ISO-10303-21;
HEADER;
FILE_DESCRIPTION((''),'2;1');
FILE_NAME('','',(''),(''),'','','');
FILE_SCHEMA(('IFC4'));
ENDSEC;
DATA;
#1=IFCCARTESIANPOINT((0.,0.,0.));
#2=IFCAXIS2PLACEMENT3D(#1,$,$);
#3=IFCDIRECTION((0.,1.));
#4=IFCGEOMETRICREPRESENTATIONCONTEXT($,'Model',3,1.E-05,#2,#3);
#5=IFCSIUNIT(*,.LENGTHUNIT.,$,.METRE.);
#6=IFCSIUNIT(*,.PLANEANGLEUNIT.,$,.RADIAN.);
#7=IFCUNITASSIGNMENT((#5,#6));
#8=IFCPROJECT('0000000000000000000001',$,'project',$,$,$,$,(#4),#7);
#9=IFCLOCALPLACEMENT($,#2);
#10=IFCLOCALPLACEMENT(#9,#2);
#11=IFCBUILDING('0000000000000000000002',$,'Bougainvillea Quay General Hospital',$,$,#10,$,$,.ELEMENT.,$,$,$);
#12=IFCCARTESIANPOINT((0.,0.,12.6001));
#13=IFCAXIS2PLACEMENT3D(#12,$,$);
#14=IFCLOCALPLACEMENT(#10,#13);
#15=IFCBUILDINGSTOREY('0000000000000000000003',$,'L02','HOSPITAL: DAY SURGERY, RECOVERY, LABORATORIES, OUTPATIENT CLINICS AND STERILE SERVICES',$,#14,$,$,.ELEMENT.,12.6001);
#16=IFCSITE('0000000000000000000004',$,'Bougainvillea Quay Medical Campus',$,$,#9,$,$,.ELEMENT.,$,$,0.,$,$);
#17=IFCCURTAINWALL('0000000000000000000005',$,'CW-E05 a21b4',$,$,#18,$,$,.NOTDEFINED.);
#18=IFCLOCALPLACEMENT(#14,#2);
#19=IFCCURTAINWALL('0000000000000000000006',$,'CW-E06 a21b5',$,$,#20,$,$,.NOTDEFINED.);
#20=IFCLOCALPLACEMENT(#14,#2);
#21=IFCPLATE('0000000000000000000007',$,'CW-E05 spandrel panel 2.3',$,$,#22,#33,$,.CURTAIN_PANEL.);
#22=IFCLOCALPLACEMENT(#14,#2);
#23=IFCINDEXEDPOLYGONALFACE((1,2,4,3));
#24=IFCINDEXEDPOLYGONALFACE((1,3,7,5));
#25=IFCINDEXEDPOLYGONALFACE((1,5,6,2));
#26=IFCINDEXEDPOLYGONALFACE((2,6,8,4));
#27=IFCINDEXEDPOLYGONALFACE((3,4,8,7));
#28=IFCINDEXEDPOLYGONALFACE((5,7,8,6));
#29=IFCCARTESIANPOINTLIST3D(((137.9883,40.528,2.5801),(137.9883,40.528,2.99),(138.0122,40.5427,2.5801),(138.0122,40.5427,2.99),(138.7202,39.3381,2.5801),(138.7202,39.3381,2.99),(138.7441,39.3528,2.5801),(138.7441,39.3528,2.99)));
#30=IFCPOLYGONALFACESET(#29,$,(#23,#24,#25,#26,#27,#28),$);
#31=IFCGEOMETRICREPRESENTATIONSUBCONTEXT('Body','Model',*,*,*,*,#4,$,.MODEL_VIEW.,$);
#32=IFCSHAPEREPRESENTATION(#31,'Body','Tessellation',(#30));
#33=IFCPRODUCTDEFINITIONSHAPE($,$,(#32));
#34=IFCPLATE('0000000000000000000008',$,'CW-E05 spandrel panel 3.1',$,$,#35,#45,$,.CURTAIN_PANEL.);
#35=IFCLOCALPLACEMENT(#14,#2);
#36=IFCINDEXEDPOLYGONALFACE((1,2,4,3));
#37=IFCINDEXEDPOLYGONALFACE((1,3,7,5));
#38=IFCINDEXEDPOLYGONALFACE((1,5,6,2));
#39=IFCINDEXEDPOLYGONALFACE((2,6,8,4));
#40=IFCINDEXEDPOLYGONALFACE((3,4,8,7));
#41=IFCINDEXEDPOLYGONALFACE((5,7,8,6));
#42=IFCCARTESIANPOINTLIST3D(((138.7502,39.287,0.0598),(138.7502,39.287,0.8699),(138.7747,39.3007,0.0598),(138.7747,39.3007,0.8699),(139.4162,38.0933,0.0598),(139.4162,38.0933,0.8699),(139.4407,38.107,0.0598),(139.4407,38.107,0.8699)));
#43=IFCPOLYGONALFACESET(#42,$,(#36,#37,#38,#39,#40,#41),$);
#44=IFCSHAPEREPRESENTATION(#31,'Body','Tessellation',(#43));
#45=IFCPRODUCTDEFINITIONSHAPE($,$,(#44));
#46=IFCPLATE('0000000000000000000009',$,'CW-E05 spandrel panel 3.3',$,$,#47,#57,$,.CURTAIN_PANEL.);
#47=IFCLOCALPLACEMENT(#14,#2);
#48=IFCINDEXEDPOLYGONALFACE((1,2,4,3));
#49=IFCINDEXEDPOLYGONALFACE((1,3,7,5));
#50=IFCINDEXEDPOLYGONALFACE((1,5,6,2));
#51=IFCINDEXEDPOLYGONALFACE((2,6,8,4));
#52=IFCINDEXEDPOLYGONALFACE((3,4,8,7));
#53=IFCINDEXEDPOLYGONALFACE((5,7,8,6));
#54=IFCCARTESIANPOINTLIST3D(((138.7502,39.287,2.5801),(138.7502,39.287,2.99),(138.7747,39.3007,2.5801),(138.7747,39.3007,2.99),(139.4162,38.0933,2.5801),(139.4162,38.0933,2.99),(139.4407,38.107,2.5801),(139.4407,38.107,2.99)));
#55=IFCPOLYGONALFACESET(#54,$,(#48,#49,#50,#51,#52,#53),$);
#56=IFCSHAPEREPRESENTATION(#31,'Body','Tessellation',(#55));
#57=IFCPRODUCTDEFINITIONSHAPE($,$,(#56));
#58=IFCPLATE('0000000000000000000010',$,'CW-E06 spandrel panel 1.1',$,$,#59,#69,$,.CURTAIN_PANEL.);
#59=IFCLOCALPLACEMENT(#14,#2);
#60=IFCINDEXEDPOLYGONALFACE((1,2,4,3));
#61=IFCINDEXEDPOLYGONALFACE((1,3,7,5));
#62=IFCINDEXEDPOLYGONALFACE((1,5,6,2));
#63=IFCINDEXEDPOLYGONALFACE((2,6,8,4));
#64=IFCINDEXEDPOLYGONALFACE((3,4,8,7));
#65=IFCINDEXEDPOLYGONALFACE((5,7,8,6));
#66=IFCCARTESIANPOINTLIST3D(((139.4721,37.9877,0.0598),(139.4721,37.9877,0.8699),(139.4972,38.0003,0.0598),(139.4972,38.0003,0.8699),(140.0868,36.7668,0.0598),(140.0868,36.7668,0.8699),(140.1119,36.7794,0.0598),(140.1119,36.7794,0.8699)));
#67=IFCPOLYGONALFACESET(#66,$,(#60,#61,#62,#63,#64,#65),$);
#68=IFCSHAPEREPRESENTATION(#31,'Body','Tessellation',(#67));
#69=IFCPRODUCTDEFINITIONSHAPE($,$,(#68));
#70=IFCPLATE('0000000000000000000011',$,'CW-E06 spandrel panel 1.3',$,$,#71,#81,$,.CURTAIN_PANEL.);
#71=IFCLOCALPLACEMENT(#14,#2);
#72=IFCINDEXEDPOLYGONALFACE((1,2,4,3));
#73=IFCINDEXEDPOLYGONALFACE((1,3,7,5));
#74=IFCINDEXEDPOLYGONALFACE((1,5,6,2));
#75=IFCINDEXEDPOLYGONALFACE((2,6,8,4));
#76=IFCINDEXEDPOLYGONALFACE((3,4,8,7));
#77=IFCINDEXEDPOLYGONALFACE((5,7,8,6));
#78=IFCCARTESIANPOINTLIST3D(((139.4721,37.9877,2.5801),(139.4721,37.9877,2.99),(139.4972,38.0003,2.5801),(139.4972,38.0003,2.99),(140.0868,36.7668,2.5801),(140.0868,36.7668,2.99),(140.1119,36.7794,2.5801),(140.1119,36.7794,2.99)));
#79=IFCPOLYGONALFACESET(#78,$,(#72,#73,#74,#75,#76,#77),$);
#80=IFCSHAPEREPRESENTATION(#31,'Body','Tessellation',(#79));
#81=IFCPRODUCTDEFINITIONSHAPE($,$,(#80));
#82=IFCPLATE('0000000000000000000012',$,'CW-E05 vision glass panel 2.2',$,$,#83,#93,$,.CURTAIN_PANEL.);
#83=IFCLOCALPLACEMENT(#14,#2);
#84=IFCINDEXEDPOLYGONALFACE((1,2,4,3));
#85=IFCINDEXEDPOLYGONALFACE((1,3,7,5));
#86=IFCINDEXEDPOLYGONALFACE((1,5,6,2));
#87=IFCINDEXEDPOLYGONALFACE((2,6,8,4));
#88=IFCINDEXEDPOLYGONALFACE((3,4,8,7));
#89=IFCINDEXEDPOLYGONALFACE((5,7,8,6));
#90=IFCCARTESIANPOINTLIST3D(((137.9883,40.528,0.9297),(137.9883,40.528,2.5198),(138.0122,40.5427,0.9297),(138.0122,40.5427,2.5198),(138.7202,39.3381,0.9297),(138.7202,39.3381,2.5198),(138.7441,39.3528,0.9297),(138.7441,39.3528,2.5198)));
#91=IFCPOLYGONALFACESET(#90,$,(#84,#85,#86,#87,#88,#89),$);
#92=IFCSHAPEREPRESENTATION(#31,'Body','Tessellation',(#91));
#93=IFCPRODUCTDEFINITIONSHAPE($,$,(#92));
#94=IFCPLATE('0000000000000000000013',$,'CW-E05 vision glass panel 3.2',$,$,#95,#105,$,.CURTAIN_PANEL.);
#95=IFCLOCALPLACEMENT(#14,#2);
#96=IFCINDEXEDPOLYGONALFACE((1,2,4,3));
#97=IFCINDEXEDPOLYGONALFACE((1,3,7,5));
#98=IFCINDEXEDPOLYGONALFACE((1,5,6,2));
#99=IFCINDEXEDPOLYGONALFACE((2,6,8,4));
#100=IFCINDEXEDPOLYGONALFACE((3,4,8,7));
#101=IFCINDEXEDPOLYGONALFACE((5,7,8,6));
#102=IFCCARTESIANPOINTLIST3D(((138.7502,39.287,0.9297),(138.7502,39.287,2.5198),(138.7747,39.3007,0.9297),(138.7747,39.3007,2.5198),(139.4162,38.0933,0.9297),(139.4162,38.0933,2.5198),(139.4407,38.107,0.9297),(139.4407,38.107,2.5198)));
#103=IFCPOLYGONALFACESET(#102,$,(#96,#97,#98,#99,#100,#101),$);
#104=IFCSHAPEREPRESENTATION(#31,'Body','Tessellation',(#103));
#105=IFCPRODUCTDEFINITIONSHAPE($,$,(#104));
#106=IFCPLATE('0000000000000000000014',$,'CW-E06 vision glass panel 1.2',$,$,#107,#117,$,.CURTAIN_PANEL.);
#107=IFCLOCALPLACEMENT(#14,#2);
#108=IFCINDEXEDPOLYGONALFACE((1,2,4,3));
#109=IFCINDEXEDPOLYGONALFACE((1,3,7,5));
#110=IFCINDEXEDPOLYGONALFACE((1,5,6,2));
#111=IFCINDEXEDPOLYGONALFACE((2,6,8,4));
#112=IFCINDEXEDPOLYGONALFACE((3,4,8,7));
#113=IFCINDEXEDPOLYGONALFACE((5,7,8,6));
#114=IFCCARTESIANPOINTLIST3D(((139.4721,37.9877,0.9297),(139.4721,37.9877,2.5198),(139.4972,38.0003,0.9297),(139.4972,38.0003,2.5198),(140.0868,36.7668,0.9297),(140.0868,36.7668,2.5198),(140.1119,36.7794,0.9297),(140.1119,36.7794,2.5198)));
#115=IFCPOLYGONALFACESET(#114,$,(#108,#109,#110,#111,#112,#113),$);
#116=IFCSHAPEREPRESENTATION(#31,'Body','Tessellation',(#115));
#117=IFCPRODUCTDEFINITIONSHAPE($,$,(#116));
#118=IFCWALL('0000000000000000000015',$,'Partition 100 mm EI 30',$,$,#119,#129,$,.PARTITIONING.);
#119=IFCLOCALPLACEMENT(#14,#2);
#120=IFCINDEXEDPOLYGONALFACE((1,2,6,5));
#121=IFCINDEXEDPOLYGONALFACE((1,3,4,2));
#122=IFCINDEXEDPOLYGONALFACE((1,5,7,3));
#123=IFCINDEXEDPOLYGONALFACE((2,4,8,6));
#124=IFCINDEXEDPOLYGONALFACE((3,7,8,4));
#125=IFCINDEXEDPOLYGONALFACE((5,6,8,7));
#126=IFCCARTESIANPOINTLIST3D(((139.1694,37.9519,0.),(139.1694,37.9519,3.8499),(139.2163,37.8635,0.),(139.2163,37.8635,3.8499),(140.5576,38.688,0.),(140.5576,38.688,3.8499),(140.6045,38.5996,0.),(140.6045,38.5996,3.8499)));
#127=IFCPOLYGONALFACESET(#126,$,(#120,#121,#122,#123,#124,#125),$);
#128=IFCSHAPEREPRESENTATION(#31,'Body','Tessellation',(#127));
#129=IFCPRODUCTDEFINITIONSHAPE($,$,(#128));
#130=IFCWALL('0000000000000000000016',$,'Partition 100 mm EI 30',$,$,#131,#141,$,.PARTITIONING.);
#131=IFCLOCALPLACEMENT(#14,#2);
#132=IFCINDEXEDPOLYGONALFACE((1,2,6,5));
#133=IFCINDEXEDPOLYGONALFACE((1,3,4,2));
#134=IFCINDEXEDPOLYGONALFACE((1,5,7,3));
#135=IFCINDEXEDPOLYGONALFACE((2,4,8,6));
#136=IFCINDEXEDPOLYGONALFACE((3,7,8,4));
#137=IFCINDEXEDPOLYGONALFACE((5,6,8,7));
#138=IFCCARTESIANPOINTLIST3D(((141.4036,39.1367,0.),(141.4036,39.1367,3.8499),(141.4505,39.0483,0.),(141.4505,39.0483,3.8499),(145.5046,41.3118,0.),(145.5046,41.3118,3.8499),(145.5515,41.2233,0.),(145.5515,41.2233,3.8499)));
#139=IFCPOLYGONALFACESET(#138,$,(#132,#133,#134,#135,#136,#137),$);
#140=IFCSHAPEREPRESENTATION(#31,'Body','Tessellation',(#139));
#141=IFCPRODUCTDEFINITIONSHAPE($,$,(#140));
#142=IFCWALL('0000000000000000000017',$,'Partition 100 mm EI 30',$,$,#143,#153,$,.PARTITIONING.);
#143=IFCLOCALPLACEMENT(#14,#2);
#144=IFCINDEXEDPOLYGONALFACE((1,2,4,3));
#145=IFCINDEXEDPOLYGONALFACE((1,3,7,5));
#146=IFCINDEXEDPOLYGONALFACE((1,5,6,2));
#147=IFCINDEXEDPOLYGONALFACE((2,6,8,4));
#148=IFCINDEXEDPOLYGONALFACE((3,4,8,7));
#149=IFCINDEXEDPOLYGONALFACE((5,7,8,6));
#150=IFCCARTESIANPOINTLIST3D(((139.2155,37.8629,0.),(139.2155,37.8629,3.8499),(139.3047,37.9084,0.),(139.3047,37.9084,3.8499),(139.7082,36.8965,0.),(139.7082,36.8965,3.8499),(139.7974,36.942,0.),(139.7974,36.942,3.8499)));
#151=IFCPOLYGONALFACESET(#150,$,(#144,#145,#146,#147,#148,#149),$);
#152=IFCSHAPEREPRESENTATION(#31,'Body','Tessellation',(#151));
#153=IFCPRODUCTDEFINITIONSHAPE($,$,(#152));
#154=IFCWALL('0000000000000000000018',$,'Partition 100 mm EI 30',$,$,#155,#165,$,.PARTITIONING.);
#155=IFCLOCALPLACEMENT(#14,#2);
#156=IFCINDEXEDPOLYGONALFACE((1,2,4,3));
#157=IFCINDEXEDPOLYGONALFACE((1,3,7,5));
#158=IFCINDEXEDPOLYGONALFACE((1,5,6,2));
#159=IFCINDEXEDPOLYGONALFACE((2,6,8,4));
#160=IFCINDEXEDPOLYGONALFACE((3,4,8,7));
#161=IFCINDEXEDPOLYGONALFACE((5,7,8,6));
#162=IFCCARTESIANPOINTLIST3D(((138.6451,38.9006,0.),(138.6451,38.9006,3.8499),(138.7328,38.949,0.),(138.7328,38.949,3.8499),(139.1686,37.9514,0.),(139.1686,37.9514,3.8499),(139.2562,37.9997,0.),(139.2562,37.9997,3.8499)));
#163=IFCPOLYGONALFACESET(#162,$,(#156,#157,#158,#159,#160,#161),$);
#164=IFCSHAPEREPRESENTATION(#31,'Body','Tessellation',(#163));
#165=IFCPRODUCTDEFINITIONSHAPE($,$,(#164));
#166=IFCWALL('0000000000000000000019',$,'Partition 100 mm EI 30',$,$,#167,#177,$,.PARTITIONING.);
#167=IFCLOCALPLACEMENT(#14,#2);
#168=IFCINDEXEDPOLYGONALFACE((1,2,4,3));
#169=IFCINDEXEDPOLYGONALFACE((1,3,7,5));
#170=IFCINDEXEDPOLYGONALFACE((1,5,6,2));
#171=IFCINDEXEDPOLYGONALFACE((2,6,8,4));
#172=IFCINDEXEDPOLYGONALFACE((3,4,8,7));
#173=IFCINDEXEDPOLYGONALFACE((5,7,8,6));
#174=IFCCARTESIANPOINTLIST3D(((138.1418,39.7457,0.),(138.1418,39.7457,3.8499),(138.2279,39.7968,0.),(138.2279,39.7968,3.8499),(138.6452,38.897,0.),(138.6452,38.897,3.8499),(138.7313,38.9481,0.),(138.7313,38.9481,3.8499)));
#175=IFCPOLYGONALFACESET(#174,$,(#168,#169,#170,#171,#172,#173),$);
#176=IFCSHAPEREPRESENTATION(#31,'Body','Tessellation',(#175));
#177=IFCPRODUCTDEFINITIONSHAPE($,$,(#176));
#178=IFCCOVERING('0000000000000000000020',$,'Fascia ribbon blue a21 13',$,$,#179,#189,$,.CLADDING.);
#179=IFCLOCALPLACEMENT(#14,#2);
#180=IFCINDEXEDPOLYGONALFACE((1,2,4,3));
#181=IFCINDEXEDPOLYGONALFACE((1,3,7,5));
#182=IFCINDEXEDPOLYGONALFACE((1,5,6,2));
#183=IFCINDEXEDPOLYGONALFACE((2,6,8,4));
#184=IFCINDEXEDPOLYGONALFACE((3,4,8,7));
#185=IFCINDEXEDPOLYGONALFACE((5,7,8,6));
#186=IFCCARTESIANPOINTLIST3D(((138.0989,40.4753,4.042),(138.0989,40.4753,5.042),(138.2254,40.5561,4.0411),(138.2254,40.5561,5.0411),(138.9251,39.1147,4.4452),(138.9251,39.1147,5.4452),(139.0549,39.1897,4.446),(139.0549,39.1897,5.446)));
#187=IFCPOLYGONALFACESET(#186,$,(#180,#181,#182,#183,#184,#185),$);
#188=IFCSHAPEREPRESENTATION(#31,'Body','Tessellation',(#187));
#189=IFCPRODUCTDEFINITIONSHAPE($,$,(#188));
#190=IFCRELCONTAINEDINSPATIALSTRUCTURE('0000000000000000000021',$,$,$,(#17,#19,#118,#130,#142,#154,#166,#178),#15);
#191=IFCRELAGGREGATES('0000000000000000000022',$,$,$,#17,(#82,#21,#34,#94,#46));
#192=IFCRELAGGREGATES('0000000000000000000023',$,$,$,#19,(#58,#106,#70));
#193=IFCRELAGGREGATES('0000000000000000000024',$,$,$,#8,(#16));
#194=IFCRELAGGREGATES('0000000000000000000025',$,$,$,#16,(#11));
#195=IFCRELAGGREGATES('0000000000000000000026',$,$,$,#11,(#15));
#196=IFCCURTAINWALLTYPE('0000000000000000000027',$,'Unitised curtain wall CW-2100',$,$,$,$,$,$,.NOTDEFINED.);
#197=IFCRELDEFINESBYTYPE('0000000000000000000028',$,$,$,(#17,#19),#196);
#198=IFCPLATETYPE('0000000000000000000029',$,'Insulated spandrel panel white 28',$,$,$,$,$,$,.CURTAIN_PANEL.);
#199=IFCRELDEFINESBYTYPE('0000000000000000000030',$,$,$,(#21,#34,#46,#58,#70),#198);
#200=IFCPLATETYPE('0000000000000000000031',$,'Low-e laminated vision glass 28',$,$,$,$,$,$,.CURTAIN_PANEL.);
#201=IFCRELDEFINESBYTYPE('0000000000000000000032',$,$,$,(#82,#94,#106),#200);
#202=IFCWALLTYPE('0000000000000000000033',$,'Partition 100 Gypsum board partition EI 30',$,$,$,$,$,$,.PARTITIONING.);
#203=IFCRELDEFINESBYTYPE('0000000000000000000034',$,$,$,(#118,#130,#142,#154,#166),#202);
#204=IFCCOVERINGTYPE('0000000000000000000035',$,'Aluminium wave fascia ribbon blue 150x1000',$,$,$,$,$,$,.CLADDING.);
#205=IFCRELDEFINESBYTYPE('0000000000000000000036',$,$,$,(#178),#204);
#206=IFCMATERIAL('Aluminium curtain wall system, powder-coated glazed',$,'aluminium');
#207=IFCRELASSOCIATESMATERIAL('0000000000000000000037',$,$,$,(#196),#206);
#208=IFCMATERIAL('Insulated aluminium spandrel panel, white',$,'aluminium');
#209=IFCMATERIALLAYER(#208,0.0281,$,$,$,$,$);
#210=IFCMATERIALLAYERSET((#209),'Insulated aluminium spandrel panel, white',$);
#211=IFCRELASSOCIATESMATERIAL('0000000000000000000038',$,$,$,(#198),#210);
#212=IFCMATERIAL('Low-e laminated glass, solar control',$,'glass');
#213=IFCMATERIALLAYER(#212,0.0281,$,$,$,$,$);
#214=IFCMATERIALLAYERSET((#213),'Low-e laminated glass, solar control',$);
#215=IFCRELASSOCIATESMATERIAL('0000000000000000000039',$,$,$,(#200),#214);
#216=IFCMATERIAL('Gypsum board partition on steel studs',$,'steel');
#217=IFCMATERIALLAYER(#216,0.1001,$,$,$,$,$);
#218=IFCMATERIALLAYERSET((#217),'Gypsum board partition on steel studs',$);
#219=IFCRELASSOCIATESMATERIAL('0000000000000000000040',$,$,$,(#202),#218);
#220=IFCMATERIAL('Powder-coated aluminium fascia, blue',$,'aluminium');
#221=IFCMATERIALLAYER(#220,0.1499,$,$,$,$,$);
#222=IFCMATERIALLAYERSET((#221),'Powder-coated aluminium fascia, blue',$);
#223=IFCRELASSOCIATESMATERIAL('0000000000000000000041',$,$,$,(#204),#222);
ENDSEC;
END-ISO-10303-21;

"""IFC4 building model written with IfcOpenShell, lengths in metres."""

from ifc_helpers import new_model, si_unit, direction, frame, frame_2d, origin, origin_2d, place, context, subcontext, project, spatial, polyline, rectangle, outline, extrude, material, layer, layer_set, type_object, element, aggregate, save


model = new_model("IFC4")

# Units and contexts
model_context = context("Model", 3, precision=1e-05, world=origin(), true_north=direction((0.0, 1.0)))
body_context = subcontext(model_context, "Body", "Model", "MODEL_VIEW")
ifc_project = project(units=[si_unit("LENGTHUNIT", "METRE"), si_unit("PLANEANGLEUNIT", "RADIAN")], contexts=[model_context])

# Site, building, storey
site_placement = place(None, origin())
site = spatial("IfcSite", under=ifc_project, at=site_placement, Name="Bougainvillea Quay Medical Campus", CompositionType="ELEMENT", RefElevation=0.0)
building_placement = place(site_placement, origin())
building = spatial("IfcBuilding", under=site, at=building_placement, Name="Bougainvillea Quay General Hospital", CompositionType="ELEMENT")
storey_placement = place(building_placement, frame((0.0, 0.0, 12.6001)))
storey = spatial("IfcBuildingStorey", under=building, at=storey_placement, Name="L02", Description="HOSPITAL: DAY SURGERY, RECOVERY, LABORATORIES, OUTPATIENT CLINICS AND STERILE SERVICES", CompositionType="ELEMENT", Elevation=12.6001)

# Curtain wall
ifc_material_1 = material(Name="Aluminium curtain wall system, powder-coated glazed", Category="aluminium")
curtain_wall_type = type_object("IfcCurtainWallType", Name="Unitised curtain wall CW-2100", PredefinedType="NOTDEFINED", material=ifc_material_1)
curtain_wall_1_placement = place(storey_placement, origin())
curtain_wall_1 = element("IfcCurtainWall", 1, at=curtain_wall_1_placement, inside=storey, type_object=curtain_wall_type, Name="CW-E05 a21b4", PredefinedType="NOTDEFINED")

# Curtain wall
curtain_wall_2_placement = place(storey_placement, origin())
curtain_wall_2 = element("IfcCurtainWall", 2, at=curtain_wall_2_placement, inside=storey, type_object=curtain_wall_type, Name="CW-E06 a21b5", PredefinedType="NOTDEFINED")

# Plates
ifc_material_2 = material(Name="Insulated aluminium spandrel panel, white", Category="aluminium")
ifc_layer_1 = layer(ifc_material_2, 0.0281)
ifc_layer_set_1 = layer_set([ifc_layer_1], Name="Insulated aluminium spandrel panel, white")
plate_type_1 = type_object("IfcPlateType", Name="Insulated spandrel panel white 28", PredefinedType="CURTAIN_PANEL", material=ifc_layer_set_1)
plate_1_placement = place(storey_placement, frame((138.3662, 39.9404, 2.5801), z_axis=(0.0, 0.0, 1.0), x_axis=(0.523926, -0.851764, 0.0)))
plate_1 = element("IfcPlate", 3, at=plate_1_placement, type_object=plate_type_1, Name="CW-E05 spandrel panel 2.3", PredefinedType="CURTAIN_PANEL", context=body_context, shape_type="SweptSolid", body=[
    extrude(rectangle(XDim=1.397, YDim=0.0281, at=origin_2d()), origin(), (0.0, 0.0, 1.0), 0.4099),
])
plate_2_placement = place(storey_placement, frame((139.0955, 38.697, 0.0598), z_axis=(0.0, 0.0, 1.0), x_axis=(0.48723, -0.873274, 0.0)))
plate_2 = element("IfcPlate", 4, at=plate_2_placement, type_object=plate_type_1, Name="CW-E05 spandrel panel 3.1", PredefinedType="CURTAIN_PANEL", context=body_context, shape_type="SweptSolid", body=[
    extrude(rectangle(XDim=1.3669, YDim=0.0281, at=origin_2d()), origin(), (0.0, 0.0, 1.0), 0.8101),
])
plate_3_placement = place(storey_placement, frame((139.0955, 38.697, 2.5801), z_axis=(0.0, 0.0, 1.0), x_axis=(0.48723, -0.873274, 0.0)))
plate_3 = element("IfcPlate", 5, at=plate_3_placement, type_object=plate_type_1, Name="CW-E05 spandrel panel 3.3", PredefinedType="CURTAIN_PANEL", context=body_context, shape_type="SweptSolid", body=[
    extrude(rectangle(XDim=1.3669, YDim=0.0281, at=origin_2d()), origin(), (0.0, 0.0, 1.0), 0.4099),
])
plate_4_placement = place(storey_placement, frame((139.792, 37.3835, 0.0598), z_axis=(0.0, 0.0, 1.0), x_axis=(0.449652, -0.893204, 0.0)))
plate_4 = element("IfcPlate", 6, at=plate_4_placement, type_object=plate_type_1, Name="CW-E06 spandrel panel 1.1", PredefinedType="CURTAIN_PANEL", context=body_context, shape_type="SweptSolid", body=[
    extrude(rectangle(XDim=1.3669, YDim=0.0281, at=origin_2d()), origin(), (0.0, 0.0, 1.0), 0.8101),
])
plate_5_placement = place(storey_placement, frame((139.792, 37.3835, 2.5801), z_axis=(0.0, 0.0, 1.0), x_axis=(0.449652, -0.893204, 0.0)))
plate_5 = element("IfcPlate", 7, at=plate_5_placement, type_object=plate_type_1, Name="CW-E06 spandrel panel 1.3", PredefinedType="CURTAIN_PANEL", context=body_context, shape_type="SweptSolid", body=[
    extrude(rectangle(XDim=1.3669, YDim=0.0281, at=origin_2d()), origin(), (0.0, 0.0, 1.0), 0.4099),
])
ifc_material_3 = material(Name="Low-e laminated glass, solar control", Category="glass")
ifc_layer_2 = layer(ifc_material_3, 0.0281)
ifc_layer_set_2 = layer_set([ifc_layer_2], Name="Low-e laminated glass, solar control")
plate_type_2 = type_object("IfcPlateType", Name="Low-e laminated vision glass 28", PredefinedType="CURTAIN_PANEL", material=ifc_layer_set_2)
plate_6_placement = place(storey_placement, frame((138.3662, 39.9404, 0.9297), z_axis=(0.0, 0.0, 1.0), x_axis=(0.523926, -0.851764, 0.0)))
plate_6 = element("IfcPlate", 8, at=plate_6_placement, type_object=plate_type_2, Name="CW-E05 vision glass panel 2.2", PredefinedType="CURTAIN_PANEL", context=body_context, shape_type="SweptSolid", body=[
    extrude(rectangle(XDim=1.397, YDim=0.0281, at=origin_2d()), origin(), (0.0, 0.0, 1.0), 1.5901),
])
plate_7_placement = place(storey_placement, frame((139.0955, 38.697, 0.9297), z_axis=(0.0, 0.0, 1.0), x_axis=(0.48723, -0.873274, 0.0)))
plate_7 = element("IfcPlate", 9, at=plate_7_placement, type_object=plate_type_2, Name="CW-E05 vision glass panel 3.2", PredefinedType="CURTAIN_PANEL", context=body_context, shape_type="SweptSolid", body=[
    extrude(rectangle(XDim=1.3669, YDim=0.0281, at=origin_2d()), origin(), (0.0, 0.0, 1.0), 1.5901),
])
aggregate(curtain_wall_1, [plate_6, plate_1, plate_2, plate_7, plate_3])
plate_8_placement = place(storey_placement, frame((139.792, 37.3835, 0.9297), z_axis=(0.0, 0.0, 1.0), x_axis=(0.449652, -0.893204, 0.0)))
plate_8 = element("IfcPlate", 10, at=plate_8_placement, type_object=plate_type_2, Name="CW-E06 vision glass panel 1.2", PredefinedType="CURTAIN_PANEL", context=body_context, shape_type="SweptSolid", body=[
    extrude(rectangle(XDim=1.3669, YDim=0.0281, at=origin_2d()), origin(), (0.0, 0.0, 1.0), 1.5901),
])
aggregate(curtain_wall_2, [plate_4, plate_8, plate_5])

# Walls
ifc_material_4 = material(Name="Gypsum board partition on steel studs", Category="steel")
ifc_layer_3 = layer(ifc_material_4, 0.1001)
ifc_layer_set_3 = layer_set([ifc_layer_3], Name="Gypsum board partition on steel studs")
wall_type = type_object("IfcWallType", Name="Partition 100 Gypsum board partition EI 30", PredefinedType="PARTITIONING", material=ifc_layer_set_3)
wall_1_placement = place(storey_placement, frame((139.1929, 37.9077, 0.0), z_axis=(0.0, 0.0, 1.0), x_axis=(0.883482, 0.468466, 0.0)))
element("IfcWall", 11, at=wall_1_placement, inside=storey, type_object=wall_type, Name="Partition 100 mm EI 30", PredefinedType="PARTITIONING", context=body_context, shape_type="SweptSolid", body=[
    extrude(rectangle(XDim=1.5713, YDim=0.1001, at=frame_2d((0.7856, 0.0))), origin(), (0.0, 0.0, 1.0), 3.8499),
])
wall_2_placement = place(storey_placement, frame((141.427, 39.0925, 0.0), z_axis=(0.0, 0.0, 1.0), x_axis=(0.883441, 0.468542, 0.0)))
element("IfcWall", 12, at=wall_2_placement, inside=storey, type_object=wall_type, Name="Partition 100 mm EI 30", PredefinedType="PARTITIONING", context=body_context, shape_type="SweptSolid", body=[
    extrude(rectangle(XDim=4.6421, YDim=0.1001, at=frame_2d((2.321, 0.0))), origin(), (0.0, 0.0, 1.0), 3.8499),
])
wall_3_placement = place(storey_placement, frame((139.26, 37.8857, 0.0), z_axis=(0.0, 0.0, 1.0), x_axis=(0.454222, -0.890888, 0.0)))
element("IfcWall", 13, at=wall_3_placement, inside=storey, type_object=wall_type, Name="Partition 100 mm EI 30", PredefinedType="PARTITIONING", context=body_context, shape_type="SweptSolid", body=[
    extrude(rectangle(XDim=1.0847, YDim=0.1001, at=frame_2d((0.5425, 0.0))), origin(), (0.0, 0.0, 1.0), 3.8499),
])
wall_4_placement = place(storey_placement, frame((138.689, 38.9248, 0.0), z_axis=(0.0, 0.0, 1.0), x_axis=(0.482887, -0.875683, 0.0)))
element("IfcWall", 14, at=wall_4_placement, inside=storey, type_object=wall_type, Name="Partition 100 mm EI 30", PredefinedType="PARTITIONING", context=body_context, shape_type="SweptSolid", body=[
    extrude(rectangle(XDim=1.084, YDim=0.1001, at=frame_2d((0.542, 0.0))), origin(), (0.0, 0.0, 1.0), 3.8499),
])
wall_5_placement = place(storey_placement, frame((138.1848, 39.7712, 0.0), z_axis=(0.0, 0.0, 1.0), x_axis=(0.510196, -0.860058, 0.0)))
element("IfcWall", 15, at=wall_5_placement, inside=storey, type_object=wall_type, Name="Partition 100 mm EI 30", PredefinedType="PARTITIONING", context=body_context, shape_type="SweptSolid", body=[
    extrude(rectangle(XDim=0.9868, YDim=0.1001, at=frame_2d((0.4934, 0.0))), origin(), (0.0, 0.0, 1.0), 3.8499),
])

# Covering
ifc_material_5 = material(Name="Powder-coated aluminium fascia, blue", Category="aluminium")
ifc_layer_4 = layer(ifc_material_5, 0.1499)
ifc_layer_set_4 = layer_set([ifc_layer_4], Name="Powder-coated aluminium fascia, blue")
covering_type = type_object("IfcCoveringType", Name="Aluminium wave fascia ribbon blue 150x1000", PredefinedType="CLADDING", material=ifc_layer_set_4)
covering_1_placement = place(storey_placement, frame((138.0989, 40.4753, 4.042), z_axis=(-0.127504, 0.209842, 0.969386), x_axis=(0.503133, -0.828593, 0.245542)))
element("IfcCovering", 16, at=covering_1_placement, inside=storey, type_object=covering_type, Name="Fascia ribbon blue a21 13", PredefinedType="CLADDING", context=body_context, shape_type="SweptSolid", body=[
    extrude(outline(polyline([(0.0, 0.0), (1.6421, 0.0), (1.6455, 0.1499), (-0.0035, 0.15), (0.0, 0.0)])), origin(), (0.245542, 0.000071, 0.969386), 1.0),
])

save(model, "model.ifc")
